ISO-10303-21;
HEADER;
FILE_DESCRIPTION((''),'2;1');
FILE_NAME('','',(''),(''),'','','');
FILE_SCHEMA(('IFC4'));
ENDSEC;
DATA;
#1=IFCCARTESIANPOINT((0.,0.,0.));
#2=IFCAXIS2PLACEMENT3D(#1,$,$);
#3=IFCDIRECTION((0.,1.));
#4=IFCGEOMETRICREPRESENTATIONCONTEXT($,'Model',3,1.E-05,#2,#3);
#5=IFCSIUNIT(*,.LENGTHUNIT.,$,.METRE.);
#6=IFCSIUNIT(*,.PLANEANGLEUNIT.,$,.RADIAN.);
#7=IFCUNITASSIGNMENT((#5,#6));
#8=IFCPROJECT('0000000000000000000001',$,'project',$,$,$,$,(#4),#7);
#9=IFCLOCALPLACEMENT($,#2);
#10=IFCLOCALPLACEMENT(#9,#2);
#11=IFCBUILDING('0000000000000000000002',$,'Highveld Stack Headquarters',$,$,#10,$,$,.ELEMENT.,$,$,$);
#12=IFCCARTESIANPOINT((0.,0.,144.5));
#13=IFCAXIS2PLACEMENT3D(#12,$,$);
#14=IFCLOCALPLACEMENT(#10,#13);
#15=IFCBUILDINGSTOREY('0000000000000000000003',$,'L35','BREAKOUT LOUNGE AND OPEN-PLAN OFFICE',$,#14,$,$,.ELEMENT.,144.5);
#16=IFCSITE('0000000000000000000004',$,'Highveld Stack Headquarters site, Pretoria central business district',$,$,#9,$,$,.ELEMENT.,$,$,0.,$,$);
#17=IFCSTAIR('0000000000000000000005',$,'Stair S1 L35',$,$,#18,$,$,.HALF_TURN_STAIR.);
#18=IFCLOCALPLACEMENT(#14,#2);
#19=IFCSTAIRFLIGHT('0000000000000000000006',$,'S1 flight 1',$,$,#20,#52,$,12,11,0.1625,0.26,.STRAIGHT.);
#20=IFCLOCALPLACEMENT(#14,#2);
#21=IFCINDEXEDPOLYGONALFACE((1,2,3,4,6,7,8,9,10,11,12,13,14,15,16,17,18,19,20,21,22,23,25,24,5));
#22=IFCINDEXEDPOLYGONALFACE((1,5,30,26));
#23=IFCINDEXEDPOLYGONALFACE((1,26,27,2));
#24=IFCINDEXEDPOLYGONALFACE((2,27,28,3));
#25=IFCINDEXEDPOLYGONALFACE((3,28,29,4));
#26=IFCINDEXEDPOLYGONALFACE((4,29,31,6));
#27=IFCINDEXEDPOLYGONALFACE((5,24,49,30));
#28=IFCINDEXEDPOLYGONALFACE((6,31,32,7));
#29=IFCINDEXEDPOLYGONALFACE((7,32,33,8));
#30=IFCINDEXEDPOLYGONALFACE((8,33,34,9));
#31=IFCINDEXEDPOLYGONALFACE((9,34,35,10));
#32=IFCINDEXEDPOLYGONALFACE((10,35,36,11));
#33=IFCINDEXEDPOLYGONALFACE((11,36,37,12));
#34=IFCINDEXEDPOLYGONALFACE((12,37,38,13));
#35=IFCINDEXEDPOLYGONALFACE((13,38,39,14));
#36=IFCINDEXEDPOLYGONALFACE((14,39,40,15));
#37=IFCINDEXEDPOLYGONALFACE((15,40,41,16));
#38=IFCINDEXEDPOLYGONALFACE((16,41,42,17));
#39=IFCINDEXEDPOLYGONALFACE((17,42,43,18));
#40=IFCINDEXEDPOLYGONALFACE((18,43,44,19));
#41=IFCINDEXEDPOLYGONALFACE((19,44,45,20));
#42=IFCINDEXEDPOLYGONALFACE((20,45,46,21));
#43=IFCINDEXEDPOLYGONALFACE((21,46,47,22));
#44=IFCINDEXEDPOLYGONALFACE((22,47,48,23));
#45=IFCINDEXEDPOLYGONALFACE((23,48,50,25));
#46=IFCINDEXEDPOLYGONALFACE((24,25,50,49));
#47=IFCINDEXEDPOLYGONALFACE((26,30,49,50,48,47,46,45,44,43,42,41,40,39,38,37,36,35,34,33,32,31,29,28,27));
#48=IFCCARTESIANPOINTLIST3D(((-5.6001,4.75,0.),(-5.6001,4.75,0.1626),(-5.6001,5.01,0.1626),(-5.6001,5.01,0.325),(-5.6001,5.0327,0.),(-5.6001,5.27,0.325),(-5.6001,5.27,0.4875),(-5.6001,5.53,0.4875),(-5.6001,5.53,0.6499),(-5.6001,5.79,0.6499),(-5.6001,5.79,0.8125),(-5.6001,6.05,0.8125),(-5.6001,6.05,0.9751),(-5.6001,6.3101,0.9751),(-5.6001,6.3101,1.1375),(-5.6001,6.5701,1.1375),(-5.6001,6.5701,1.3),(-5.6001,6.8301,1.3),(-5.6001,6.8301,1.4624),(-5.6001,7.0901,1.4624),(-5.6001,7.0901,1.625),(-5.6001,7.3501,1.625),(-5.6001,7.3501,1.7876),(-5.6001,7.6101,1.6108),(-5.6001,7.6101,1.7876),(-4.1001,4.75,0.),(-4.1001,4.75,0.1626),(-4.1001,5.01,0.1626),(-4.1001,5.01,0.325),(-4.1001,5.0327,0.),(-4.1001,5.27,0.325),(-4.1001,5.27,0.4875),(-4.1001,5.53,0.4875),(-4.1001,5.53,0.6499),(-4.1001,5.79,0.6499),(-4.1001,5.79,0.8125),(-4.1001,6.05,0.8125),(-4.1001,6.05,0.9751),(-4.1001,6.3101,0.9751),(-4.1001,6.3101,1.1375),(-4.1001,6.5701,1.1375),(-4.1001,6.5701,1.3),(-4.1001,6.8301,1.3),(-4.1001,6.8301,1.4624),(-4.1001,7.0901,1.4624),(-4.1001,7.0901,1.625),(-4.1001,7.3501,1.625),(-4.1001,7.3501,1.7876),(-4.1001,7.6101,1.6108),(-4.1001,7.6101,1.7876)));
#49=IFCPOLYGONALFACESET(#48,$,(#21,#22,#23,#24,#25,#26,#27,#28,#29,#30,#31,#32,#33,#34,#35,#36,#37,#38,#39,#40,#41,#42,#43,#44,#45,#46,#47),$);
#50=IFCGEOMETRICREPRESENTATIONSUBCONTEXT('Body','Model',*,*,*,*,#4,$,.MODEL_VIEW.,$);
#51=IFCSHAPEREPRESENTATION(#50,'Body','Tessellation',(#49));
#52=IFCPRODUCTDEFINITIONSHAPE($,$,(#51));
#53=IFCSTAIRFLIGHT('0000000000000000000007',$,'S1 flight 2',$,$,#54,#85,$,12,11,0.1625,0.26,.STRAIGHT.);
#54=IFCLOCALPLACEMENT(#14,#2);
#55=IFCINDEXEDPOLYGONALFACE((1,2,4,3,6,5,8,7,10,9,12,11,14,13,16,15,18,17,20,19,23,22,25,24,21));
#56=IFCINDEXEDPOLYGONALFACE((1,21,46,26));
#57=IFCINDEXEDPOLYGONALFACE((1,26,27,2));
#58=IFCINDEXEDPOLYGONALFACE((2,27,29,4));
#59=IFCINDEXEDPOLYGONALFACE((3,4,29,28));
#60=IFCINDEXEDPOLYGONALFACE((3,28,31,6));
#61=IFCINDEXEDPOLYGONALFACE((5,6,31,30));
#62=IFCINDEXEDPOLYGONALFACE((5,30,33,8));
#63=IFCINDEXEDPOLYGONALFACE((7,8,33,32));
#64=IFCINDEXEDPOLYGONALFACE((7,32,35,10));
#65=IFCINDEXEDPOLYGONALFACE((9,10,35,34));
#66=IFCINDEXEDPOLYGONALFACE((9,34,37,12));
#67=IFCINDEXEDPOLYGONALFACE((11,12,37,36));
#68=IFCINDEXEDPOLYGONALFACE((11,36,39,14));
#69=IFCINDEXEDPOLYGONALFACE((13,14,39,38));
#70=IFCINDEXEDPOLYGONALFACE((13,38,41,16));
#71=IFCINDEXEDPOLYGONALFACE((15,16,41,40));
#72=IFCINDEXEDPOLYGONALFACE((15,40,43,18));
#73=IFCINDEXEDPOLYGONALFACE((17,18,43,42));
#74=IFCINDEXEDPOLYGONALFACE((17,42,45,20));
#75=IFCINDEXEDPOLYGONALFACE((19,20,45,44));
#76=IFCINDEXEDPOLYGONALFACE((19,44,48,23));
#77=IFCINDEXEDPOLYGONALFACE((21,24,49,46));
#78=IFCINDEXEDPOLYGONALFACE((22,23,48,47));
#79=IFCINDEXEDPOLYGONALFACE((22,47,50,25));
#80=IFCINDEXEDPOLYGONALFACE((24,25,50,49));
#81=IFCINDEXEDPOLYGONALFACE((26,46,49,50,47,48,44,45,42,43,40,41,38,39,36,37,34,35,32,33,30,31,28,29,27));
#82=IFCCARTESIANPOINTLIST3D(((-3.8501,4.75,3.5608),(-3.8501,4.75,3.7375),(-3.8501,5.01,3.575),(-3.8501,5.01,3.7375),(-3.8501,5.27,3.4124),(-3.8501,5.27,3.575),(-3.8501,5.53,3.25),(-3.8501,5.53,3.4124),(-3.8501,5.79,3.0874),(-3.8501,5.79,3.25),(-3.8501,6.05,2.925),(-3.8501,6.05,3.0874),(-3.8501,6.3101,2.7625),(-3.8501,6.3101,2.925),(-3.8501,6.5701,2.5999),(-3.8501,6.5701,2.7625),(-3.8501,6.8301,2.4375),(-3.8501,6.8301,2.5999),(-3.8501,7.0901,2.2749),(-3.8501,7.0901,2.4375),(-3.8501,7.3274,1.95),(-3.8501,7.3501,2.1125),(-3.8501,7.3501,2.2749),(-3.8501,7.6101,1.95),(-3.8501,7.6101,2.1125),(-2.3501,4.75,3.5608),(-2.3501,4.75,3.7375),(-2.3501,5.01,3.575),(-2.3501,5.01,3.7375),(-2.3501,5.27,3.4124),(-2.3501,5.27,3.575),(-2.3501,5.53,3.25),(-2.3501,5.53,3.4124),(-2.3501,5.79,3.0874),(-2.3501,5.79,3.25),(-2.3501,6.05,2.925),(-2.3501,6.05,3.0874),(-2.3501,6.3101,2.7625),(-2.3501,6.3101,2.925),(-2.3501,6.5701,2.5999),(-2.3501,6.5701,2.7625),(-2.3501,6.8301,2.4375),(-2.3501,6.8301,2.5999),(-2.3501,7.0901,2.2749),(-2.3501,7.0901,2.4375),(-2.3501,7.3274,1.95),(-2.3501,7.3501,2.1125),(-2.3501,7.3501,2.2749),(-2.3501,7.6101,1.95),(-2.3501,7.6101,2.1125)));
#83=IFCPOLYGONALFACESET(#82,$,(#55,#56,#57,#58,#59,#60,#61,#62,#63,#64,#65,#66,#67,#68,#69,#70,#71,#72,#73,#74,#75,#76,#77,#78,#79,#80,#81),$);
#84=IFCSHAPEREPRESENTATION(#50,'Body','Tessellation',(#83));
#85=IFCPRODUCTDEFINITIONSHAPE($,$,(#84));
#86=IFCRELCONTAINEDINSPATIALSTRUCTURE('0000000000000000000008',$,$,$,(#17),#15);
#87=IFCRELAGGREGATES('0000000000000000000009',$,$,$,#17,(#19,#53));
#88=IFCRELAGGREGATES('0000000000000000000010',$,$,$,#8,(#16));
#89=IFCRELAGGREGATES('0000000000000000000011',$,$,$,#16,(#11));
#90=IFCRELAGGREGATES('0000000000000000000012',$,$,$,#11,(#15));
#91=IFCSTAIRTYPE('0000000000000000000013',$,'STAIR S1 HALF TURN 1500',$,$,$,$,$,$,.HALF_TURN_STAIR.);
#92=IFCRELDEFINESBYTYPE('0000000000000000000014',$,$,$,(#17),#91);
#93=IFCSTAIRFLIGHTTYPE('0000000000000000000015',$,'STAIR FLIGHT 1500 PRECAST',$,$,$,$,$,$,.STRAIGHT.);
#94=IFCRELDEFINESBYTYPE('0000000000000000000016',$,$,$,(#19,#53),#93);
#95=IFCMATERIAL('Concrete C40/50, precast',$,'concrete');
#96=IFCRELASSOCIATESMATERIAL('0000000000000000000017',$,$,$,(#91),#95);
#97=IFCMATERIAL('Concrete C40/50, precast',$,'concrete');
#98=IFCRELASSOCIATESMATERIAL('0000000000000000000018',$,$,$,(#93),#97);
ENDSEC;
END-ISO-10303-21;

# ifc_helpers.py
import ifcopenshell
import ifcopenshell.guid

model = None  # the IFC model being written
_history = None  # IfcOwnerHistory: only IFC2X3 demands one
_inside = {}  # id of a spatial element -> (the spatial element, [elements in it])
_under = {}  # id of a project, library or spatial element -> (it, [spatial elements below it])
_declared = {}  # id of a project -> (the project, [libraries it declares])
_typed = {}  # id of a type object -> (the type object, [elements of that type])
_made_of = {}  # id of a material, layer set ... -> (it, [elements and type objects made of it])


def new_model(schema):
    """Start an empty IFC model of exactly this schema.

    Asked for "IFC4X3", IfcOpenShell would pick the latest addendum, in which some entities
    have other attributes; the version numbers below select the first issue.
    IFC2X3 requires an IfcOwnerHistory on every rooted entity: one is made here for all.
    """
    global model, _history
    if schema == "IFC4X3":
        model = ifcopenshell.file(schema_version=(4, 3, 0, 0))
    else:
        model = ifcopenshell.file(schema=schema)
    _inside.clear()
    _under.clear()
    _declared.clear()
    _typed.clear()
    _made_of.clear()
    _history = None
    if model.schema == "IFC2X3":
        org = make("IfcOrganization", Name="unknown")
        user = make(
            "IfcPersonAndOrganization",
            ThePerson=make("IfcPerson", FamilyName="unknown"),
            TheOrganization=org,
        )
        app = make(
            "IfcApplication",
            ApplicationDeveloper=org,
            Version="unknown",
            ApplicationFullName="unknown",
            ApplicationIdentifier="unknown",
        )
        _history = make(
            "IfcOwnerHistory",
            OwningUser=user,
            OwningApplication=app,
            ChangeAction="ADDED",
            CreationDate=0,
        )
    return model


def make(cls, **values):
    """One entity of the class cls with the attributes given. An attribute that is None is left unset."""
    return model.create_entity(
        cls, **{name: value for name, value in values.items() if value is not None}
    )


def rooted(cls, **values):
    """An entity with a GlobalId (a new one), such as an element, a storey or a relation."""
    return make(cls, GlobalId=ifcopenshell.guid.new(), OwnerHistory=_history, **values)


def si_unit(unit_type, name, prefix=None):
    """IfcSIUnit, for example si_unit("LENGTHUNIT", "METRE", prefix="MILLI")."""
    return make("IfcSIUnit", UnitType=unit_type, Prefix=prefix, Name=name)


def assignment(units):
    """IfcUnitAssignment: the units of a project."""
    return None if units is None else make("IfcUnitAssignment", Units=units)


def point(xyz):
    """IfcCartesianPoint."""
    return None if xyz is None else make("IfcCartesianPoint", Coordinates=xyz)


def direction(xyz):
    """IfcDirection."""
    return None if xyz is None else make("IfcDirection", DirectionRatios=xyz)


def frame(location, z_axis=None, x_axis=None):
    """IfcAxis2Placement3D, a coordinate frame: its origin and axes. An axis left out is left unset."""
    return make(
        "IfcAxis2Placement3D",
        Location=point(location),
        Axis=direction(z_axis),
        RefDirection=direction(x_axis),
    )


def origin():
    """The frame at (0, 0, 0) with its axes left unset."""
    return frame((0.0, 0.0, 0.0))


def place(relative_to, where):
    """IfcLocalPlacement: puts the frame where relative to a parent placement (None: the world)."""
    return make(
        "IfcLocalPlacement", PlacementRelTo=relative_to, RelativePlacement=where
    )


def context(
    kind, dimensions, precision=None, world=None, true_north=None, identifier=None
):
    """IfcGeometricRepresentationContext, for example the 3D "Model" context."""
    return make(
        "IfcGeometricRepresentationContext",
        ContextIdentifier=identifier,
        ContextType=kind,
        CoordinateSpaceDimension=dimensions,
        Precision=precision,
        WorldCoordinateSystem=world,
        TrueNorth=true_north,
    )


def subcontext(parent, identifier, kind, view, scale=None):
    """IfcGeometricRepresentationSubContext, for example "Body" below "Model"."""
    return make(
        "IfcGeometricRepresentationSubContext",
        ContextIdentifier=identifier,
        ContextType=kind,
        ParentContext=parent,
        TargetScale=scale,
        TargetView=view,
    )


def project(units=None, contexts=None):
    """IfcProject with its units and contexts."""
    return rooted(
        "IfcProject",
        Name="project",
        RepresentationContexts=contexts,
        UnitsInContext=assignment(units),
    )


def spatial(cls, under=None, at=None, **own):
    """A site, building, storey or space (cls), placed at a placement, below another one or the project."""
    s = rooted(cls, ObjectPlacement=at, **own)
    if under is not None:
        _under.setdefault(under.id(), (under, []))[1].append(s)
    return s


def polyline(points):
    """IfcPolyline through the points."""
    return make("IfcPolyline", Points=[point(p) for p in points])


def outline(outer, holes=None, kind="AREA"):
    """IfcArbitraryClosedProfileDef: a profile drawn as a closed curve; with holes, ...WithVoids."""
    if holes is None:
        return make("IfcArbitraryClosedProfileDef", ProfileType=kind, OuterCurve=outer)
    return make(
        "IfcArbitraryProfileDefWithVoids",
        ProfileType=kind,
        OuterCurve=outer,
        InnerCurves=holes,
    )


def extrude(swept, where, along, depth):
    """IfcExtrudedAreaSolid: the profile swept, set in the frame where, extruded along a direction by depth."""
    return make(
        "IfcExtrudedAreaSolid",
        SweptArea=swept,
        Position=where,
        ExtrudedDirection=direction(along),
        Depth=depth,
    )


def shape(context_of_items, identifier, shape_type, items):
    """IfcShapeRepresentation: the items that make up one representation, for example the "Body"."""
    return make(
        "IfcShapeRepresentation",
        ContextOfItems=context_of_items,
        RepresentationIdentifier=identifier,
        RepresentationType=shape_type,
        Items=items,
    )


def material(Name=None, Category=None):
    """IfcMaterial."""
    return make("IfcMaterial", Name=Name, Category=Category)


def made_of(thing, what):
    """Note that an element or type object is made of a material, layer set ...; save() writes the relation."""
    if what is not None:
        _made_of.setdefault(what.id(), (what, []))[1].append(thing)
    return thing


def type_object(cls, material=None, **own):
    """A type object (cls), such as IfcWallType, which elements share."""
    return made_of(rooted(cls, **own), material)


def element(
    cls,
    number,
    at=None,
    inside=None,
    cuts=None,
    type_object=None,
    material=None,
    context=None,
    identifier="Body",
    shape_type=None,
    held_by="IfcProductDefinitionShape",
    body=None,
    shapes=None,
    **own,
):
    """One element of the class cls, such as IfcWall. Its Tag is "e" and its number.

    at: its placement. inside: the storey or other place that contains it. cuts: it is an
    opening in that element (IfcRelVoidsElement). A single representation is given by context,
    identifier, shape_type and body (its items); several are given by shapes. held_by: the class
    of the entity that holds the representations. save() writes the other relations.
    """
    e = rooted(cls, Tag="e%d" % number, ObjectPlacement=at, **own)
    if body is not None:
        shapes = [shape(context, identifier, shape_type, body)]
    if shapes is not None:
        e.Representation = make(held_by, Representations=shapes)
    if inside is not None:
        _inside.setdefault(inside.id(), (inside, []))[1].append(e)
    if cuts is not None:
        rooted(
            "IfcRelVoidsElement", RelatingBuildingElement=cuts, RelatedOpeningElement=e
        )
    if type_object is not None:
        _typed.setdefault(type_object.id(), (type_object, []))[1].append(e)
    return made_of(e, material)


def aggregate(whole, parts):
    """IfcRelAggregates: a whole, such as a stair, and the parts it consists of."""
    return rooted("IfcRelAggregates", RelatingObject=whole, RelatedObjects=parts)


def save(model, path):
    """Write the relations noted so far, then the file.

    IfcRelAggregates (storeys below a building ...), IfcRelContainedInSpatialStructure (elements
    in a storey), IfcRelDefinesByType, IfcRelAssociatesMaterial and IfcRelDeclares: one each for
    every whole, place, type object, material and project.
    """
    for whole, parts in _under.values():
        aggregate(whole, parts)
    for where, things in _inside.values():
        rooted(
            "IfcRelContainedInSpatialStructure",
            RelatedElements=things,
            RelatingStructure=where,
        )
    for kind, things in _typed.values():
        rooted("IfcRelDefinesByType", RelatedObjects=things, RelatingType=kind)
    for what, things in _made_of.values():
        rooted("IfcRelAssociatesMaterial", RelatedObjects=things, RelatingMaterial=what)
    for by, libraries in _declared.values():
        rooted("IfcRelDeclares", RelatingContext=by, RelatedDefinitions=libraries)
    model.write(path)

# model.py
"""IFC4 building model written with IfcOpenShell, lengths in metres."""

from ifc_helpers import new_model, si_unit, direction, frame, origin, place, context, subcontext, project, spatial, polyline, outline, extrude, material, type_object, element, aggregate, save


model = new_model("IFC4")

# Units and contexts
model_context = context("Model", 3, precision=1e-05, world=origin(), true_north=direction((0.0, 1.0)))
body_context = subcontext(model_context, "Body", "Model", "MODEL_VIEW")
ifc_project = project(units=[si_unit("LENGTHUNIT", "METRE"), si_unit("PLANEANGLEUNIT", "RADIAN")], contexts=[model_context])

# Site, building, storey
site_placement = place(None, origin())
site = spatial("IfcSite", under=ifc_project, at=site_placement, Name="Highveld Stack Headquarters site, Pretoria central business district", CompositionType="ELEMENT", RefElevation=0.0)
building_placement = place(site_placement, origin())
building = spatial("IfcBuilding", under=site, at=building_placement, Name="Highveld Stack Headquarters", CompositionType="ELEMENT")
storey_placement = place(building_placement, frame((0.0, 0.0, 144.5)))
storey = spatial("IfcBuildingStorey", under=building, at=storey_placement, Name="L35", Description="BREAKOUT LOUNGE AND OPEN-PLAN OFFICE", CompositionType="ELEMENT", Elevation=144.5)

# Stair, stair flights
ifc_material_1 = material(Name="Concrete C40/50, precast", Category="concrete")
stair_type_1 = type_object("IfcStairType", Name="STAIR S1 HALF TURN 1500", PredefinedType="HALF_TURN_STAIR", material=ifc_material_1)
stair_1_placement = place(storey_placement, origin())
stair_1 = element("IfcStair", 1, at=stair_1_placement, inside=storey, type_object=stair_type_1, Name="Stair S1 L35", PredefinedType="HALF_TURN_STAIR")
ifc_material_2 = material(Name="Concrete C40/50, precast", Category="concrete")
stair_flight_type = type_object("IfcStairFlightType", Name="STAIR FLIGHT 1500 PRECAST", PredefinedType="STRAIGHT", material=ifc_material_2)
stair_flight_1_placement = place(storey_placement, frame((-4.8501, 4.75, 0.0), z_axis=(0.0, 0.0, 1.0), x_axis=(0.0, 1.0, 0.0)))
stair_flight_1 = element("IfcStairFlight", 2, at=stair_flight_1_placement, type_object=stair_flight_type, Name="S1 flight 1", NumberOfRisers=12, NumberOfTreads=11, PredefinedType="STRAIGHT", RiserHeight=0.1625, TreadLength=0.26, context=body_context, shape_type="SweptSolid", body=[
    extrude(outline(polyline([(0.0, 0.0), (0.0, 0.1626), (0.26, 0.1626), (0.26, 0.325), (0.52, 0.325), (0.52, 0.4875), (0.78, 0.4875), (0.78, 0.6499), (1.04, 0.6499), (1.04, 0.8125), (1.3, 0.8125), (1.3, 0.9751), (1.5601, 0.9751), (1.5601, 1.1375), (1.8201, 1.1375), (1.8201, 1.3), (2.0801, 1.3), (2.0801, 1.4624), (2.3401, 1.4624), (2.3401, 1.625), (2.6001, 1.625), (2.6001, 1.7876), (2.8601, 1.7876), (2.8601, 1.95), (2.8601, 1.6108), (0.2827, 0.0), (0.0, 0.0)])), frame((0.0, 0.75, 0.0), z_axis=(0.0, -1.0, 0.0), x_axis=(1.0, 0.0, 0.0)), (0.0, 0.0, 1.0), 1.5),
])
stair_flight_2_placement = place(storey_placement, frame((-3.1001, 7.6101, 1.95), z_axis=(0.0, 0.0, 1.0), x_axis=(0.0, -1.0, 0.0)))
stair_flight_2 = element("IfcStairFlight", 3, at=stair_flight_2_placement, type_object=stair_flight_type, Name="S1 flight 2", NumberOfRisers=12, NumberOfTreads=11, PredefinedType="STRAIGHT", RiserHeight=0.1625, TreadLength=0.26, context=body_context, shape_type="SweptSolid", body=[
    extrude(outline(polyline([(0.0, 0.0), (0.0, 0.1626), (0.26, 0.1626), (0.26, 0.325), (0.52, 0.325), (0.52, 0.4875), (0.78, 0.4875), (0.78, 0.6499), (1.04, 0.6499), (1.04, 0.8125), (1.3, 0.8125), (1.3, 0.9751), (1.5601, 0.9751), (1.5601, 1.1375), (1.8201, 1.1375), (1.8201, 1.3), (2.0801, 1.3), (2.0801, 1.4624), (2.3401, 1.4624), (2.3401, 1.625), (2.6001, 1.625), (2.6001, 1.7876), (2.8601, 1.7876), (2.8601, 1.95), (2.8601, 1.6108), (0.2827, 0.0), (0.0, 0.0)])), frame((0.0, 0.75, 0.0), z_axis=(0.0, -1.0, 0.0), x_axis=(1.0, 0.0, 0.0)), (0.0, 0.0, 1.0), 1.5),
])
aggregate(stair_1, [stair_flight_1, stair_flight_2])

save(model, "model.ifc")
